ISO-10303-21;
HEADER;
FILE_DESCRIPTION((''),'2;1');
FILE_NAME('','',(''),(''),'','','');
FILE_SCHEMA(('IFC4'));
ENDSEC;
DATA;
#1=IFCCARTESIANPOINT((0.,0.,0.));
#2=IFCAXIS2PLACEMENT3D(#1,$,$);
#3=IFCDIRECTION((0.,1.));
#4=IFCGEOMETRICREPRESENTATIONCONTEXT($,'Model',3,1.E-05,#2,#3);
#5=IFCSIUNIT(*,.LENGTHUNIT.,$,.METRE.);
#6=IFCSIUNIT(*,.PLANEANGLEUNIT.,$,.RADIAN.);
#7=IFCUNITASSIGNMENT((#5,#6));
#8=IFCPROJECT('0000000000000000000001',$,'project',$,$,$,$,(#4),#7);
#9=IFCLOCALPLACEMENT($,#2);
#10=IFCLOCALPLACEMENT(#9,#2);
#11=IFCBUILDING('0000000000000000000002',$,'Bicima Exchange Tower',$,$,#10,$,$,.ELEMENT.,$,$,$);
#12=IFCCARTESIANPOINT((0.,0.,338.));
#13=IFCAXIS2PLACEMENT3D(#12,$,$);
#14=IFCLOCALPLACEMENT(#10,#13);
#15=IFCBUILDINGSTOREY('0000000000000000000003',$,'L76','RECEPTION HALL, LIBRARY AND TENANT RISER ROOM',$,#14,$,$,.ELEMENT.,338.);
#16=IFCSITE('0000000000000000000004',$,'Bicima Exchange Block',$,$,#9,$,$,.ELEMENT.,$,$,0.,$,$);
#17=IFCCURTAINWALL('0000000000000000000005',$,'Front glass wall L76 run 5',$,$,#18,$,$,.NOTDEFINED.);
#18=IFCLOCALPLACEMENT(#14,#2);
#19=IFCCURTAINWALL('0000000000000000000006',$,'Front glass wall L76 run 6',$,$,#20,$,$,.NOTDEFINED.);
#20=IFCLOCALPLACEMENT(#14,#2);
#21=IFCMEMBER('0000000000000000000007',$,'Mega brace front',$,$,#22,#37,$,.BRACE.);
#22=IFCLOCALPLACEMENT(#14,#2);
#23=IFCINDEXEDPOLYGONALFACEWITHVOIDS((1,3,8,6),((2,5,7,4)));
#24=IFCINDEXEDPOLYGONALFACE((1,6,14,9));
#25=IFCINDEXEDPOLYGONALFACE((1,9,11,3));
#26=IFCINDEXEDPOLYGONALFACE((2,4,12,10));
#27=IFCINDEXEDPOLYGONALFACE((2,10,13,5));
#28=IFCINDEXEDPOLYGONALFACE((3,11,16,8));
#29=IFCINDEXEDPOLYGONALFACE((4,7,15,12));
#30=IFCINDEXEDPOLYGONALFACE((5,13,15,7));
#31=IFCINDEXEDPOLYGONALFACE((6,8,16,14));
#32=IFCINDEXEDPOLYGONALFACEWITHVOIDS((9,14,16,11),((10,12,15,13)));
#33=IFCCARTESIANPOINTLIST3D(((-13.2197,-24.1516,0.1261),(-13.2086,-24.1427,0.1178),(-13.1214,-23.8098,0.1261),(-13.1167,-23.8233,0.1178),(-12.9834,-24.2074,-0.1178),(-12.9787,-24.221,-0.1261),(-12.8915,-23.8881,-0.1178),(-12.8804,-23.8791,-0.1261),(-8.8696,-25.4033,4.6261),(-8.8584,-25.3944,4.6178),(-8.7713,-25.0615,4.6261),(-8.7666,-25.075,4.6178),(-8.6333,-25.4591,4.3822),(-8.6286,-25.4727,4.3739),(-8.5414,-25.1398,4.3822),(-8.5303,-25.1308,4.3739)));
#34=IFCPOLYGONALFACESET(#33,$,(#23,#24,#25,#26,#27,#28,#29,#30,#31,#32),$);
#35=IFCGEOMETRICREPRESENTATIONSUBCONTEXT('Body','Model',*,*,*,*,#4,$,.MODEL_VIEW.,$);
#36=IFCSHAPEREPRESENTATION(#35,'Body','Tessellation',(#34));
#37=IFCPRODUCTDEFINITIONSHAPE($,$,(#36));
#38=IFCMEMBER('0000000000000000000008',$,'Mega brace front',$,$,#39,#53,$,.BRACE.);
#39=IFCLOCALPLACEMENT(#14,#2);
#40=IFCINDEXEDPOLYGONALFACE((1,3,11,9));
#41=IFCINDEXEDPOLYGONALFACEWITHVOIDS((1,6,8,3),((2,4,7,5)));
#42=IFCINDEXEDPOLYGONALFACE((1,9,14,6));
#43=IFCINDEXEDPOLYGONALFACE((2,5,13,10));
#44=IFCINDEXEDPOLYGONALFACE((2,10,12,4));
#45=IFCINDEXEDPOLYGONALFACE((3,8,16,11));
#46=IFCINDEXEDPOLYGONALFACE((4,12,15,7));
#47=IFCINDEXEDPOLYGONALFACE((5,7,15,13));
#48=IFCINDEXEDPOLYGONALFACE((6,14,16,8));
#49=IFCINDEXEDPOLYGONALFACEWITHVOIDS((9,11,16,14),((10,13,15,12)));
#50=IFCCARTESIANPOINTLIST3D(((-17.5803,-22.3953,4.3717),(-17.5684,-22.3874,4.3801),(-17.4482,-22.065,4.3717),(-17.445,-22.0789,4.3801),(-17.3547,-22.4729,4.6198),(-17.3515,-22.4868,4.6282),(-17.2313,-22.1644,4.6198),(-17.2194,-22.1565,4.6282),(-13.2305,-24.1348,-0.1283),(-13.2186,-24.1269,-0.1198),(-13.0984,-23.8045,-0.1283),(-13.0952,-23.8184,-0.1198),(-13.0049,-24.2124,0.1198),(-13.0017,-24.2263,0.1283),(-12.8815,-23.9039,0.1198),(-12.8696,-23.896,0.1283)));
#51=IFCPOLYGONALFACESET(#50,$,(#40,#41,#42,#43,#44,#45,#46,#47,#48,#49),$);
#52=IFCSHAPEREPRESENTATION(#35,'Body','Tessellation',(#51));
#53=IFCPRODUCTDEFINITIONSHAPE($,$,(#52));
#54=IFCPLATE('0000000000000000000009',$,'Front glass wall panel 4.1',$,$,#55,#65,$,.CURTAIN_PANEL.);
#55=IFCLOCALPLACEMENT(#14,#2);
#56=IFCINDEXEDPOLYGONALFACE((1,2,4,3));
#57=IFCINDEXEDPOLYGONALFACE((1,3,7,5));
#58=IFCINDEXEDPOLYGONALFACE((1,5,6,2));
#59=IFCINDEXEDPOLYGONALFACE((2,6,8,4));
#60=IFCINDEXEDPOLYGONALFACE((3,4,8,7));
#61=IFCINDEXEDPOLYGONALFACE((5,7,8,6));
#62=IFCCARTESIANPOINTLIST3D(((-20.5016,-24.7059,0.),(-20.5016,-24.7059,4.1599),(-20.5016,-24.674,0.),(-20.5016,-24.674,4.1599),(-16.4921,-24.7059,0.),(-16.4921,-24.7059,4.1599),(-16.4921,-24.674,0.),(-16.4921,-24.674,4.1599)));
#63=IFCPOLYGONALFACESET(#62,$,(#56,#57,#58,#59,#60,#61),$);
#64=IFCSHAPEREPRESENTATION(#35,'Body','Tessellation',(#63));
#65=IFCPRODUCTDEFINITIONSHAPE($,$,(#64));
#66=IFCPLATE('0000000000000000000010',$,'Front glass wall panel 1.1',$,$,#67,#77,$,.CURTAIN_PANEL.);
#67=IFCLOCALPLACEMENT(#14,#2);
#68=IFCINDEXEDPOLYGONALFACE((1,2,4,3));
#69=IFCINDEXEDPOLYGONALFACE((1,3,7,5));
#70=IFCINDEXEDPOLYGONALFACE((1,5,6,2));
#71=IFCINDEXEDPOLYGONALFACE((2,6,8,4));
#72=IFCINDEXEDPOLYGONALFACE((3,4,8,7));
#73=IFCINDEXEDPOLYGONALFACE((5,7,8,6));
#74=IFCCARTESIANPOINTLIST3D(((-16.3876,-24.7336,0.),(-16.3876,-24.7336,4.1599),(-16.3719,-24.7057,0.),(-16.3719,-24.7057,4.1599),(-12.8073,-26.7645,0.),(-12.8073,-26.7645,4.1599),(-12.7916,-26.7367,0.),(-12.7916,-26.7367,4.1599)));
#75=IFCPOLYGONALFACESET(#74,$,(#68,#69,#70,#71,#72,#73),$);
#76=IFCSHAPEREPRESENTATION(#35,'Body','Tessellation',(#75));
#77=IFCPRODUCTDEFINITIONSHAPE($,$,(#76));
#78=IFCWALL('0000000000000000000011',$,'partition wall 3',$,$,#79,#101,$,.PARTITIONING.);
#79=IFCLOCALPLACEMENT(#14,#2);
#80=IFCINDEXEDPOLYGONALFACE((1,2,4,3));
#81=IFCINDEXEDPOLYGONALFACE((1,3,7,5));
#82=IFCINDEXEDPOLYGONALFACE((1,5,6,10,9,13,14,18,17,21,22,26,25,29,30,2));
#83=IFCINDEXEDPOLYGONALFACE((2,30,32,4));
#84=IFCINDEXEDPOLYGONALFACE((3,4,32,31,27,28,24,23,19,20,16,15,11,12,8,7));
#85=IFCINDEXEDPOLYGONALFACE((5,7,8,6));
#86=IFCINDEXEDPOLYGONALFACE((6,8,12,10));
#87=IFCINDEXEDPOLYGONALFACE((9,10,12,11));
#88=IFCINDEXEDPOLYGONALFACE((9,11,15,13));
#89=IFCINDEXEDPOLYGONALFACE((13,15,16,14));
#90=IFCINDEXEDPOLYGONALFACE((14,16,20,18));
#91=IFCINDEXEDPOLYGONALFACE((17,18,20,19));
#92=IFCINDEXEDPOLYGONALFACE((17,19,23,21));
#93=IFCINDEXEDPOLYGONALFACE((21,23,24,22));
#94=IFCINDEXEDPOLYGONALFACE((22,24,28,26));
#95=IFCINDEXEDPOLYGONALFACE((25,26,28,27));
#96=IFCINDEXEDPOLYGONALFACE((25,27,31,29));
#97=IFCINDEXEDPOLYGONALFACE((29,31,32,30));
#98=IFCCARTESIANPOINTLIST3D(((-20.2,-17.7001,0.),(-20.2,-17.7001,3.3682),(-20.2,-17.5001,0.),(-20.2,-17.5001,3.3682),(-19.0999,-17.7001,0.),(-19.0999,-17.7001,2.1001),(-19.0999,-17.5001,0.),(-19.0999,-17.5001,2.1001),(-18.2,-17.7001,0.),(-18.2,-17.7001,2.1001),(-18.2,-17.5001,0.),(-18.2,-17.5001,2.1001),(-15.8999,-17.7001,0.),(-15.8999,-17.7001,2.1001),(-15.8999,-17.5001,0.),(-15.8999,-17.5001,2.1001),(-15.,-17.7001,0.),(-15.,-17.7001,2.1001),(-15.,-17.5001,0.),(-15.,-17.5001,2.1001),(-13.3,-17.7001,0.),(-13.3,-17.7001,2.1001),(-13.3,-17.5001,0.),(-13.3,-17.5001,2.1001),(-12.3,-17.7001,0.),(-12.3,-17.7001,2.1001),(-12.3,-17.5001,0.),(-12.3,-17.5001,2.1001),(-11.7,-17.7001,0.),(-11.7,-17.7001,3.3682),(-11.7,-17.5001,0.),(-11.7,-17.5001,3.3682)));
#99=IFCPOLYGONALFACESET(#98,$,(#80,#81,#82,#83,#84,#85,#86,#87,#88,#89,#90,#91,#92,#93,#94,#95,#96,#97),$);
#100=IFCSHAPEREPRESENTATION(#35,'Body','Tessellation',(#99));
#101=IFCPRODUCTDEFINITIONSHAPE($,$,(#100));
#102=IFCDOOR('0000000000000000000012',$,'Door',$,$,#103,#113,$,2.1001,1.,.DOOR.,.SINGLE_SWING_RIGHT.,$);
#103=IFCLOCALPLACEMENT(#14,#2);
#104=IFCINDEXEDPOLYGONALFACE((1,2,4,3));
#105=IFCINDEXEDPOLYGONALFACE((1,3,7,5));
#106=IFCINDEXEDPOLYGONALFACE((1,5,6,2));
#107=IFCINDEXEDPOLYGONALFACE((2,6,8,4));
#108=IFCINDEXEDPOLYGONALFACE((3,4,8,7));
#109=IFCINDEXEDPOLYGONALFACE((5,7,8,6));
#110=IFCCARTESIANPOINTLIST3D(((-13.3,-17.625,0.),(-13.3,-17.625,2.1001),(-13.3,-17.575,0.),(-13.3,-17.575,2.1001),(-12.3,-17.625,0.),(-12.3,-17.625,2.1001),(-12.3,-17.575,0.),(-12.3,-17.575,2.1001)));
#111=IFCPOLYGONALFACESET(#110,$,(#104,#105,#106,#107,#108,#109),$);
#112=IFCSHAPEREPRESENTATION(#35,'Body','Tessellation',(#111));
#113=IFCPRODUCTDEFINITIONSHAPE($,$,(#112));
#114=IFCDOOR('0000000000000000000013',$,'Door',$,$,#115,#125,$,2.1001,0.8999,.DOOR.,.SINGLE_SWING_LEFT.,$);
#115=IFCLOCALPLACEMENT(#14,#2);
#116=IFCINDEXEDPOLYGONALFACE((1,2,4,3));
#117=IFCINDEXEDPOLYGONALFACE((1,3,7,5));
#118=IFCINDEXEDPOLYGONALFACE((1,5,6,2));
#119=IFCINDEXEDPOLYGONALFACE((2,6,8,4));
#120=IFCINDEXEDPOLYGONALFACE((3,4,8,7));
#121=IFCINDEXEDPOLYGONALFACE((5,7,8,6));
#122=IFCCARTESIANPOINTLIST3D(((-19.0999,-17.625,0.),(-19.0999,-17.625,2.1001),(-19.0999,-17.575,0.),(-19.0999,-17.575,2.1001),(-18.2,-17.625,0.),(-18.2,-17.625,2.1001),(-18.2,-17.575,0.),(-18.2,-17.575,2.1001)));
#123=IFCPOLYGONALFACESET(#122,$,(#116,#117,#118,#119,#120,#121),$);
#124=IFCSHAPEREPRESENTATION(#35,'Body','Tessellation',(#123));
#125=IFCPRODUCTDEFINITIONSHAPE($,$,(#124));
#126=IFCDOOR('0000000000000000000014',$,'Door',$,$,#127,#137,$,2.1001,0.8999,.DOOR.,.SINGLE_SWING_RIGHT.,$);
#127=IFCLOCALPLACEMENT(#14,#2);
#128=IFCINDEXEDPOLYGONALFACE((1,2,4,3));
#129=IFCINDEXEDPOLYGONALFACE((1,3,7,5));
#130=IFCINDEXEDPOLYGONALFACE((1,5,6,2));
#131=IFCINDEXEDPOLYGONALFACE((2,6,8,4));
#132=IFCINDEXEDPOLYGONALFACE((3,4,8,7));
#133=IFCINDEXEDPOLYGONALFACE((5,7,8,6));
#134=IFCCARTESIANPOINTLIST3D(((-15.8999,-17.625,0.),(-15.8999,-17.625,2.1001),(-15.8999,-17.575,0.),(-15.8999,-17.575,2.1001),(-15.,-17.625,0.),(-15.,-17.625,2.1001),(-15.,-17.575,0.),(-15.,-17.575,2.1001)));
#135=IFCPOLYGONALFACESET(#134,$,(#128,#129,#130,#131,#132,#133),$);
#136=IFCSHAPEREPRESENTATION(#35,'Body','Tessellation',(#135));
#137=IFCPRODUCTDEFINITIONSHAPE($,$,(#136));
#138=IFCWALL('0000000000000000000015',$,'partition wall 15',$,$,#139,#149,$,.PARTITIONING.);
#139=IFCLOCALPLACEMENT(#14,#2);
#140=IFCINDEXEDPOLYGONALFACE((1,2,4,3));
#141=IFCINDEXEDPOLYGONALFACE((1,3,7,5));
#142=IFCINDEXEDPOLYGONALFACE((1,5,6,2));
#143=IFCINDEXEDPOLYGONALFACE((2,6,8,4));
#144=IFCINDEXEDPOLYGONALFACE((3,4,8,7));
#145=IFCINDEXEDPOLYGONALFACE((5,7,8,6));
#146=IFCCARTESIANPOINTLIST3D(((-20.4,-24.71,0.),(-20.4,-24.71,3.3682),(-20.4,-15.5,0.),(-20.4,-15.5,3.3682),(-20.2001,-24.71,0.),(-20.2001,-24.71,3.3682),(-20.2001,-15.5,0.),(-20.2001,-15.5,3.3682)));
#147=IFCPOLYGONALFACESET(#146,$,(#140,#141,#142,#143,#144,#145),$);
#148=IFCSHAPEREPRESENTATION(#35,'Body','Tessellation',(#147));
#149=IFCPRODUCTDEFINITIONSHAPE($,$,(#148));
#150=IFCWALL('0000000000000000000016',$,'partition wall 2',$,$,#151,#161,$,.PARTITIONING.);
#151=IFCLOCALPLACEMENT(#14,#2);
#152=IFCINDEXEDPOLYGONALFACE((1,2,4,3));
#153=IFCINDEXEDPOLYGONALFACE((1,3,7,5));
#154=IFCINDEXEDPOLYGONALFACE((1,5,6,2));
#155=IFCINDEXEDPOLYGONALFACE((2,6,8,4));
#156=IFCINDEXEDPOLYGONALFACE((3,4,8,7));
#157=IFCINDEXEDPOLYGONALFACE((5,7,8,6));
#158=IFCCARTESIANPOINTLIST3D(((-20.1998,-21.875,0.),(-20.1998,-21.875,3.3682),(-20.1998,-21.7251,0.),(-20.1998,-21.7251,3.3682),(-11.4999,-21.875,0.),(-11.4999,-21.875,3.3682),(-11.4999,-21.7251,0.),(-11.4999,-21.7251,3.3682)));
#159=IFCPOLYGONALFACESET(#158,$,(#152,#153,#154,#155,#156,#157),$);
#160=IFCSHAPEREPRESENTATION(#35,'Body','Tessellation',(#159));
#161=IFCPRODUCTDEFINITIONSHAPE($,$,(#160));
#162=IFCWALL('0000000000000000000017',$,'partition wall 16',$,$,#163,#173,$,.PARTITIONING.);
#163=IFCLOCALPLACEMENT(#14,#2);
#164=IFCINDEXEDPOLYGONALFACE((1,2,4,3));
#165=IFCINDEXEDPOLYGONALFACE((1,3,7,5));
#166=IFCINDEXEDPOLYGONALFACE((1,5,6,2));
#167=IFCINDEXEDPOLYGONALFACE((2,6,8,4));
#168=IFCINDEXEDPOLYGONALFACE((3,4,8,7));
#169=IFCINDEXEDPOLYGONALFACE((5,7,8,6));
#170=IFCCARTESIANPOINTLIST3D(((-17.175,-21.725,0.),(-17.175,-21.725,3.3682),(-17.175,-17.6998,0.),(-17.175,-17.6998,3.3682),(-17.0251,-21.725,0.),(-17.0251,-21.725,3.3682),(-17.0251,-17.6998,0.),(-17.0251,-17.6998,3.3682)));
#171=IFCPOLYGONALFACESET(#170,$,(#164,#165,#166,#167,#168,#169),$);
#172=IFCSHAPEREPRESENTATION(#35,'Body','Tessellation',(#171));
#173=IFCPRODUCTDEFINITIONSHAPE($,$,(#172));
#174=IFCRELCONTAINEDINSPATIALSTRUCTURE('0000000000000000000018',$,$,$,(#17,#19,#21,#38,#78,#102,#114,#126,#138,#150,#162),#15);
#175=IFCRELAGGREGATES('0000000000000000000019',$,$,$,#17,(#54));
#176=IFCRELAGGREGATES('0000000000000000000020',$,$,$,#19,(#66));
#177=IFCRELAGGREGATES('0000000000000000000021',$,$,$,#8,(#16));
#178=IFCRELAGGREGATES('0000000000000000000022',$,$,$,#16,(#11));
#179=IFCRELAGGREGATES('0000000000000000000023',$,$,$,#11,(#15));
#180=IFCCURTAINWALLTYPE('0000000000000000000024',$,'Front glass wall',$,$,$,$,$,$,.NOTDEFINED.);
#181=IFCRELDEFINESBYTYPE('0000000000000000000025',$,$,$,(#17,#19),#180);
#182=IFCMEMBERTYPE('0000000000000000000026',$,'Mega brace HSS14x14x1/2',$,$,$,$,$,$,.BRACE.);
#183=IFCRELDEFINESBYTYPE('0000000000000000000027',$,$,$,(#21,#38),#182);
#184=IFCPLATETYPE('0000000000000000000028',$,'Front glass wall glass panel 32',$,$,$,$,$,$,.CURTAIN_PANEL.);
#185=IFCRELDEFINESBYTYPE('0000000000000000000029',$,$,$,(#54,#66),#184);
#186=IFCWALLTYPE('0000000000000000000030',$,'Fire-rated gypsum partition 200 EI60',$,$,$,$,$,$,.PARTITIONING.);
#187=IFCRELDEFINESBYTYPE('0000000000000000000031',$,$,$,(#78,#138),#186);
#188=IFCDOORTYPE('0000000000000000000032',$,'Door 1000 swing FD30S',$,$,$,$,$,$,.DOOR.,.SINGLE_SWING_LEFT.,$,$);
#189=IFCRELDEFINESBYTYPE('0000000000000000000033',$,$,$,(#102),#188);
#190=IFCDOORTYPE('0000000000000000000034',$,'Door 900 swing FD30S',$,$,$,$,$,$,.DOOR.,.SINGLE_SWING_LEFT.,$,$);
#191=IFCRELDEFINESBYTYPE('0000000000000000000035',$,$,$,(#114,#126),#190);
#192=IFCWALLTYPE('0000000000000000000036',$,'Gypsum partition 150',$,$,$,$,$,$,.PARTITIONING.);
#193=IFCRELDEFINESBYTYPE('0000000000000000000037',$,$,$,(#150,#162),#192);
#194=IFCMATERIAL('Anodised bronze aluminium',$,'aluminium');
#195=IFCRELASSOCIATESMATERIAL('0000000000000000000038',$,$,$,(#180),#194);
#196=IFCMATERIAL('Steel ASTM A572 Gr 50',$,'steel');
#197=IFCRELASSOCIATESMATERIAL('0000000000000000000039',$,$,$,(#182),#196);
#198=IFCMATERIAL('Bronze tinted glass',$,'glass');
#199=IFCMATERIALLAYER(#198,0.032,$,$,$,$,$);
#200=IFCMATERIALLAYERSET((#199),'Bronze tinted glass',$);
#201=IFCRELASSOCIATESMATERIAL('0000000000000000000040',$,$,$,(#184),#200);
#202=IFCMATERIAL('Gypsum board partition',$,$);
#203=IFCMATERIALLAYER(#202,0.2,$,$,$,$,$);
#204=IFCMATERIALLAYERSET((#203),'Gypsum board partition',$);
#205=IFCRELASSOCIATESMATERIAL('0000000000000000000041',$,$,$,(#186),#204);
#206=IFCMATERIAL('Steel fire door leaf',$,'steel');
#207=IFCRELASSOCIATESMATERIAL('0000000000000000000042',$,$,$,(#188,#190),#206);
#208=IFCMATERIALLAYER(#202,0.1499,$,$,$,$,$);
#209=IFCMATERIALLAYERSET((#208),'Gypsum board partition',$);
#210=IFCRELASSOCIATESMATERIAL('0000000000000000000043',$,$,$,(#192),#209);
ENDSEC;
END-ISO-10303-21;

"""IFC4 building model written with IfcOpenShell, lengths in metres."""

from ifc_helpers import new_model, si_unit, direction, frame, frame_2d, origin, origin_2d, place, context, subcontext, project, spatial, rectangle, hollow_rectangle, extrude, material, layer, layer_set, material_profile, profile_set, type_object, element, fill, aggregate, save


model = new_model("IFC4")

# Units and contexts
model_context = context("Model", 3, precision=1e-05, world=origin(), true_north=direction((0.0, 1.0)))
body_context = subcontext(model_context, "Body", "Model", "MODEL_VIEW")
ifc_project = project(units=[si_unit("LENGTHUNIT", "METRE"), si_unit("PLANEANGLEUNIT", "RADIAN")], contexts=[model_context])

# Site, building, storey
site_placement = place(None, origin())
site = spatial("IfcSite", under=ifc_project, at=site_placement, Name="Bicima Exchange Block", CompositionType="ELEMENT", RefElevation=0.0)
building_placement = place(site_placement, origin())
building = spatial("IfcBuilding", under=site, at=building_placement, Name="Bicima Exchange Tower", CompositionType="ELEMENT")
storey_placement = place(building_placement, frame((0.0, 0.0, 338.0)))
storey = spatial("IfcBuildingStorey", under=building, at=storey_placement, Name="L76", Description="RECEPTION HALL, LIBRARY AND TENANT RISER ROOM", CompositionType="ELEMENT", Elevation=338.0)

# Curtain walls
ifc_material_1 = material(Name="Anodised bronze aluminium", Category="aluminium")
curtain_wall_type = type_object("IfcCurtainWallType", Name="Front glass wall", PredefinedType="NOTDEFINED", material=ifc_material_1)
curtain_wall_1_placement = place(storey_placement, origin())
curtain_wall_1 = element("IfcCurtainWall", 1, at=curtain_wall_1_placement, inside=storey, type_object=curtain_wall_type, Name="Front glass wall L76 run 5", PredefinedType="NOTDEFINED")
curtain_wall_2_placement = place(storey_placement, origin())
curtain_wall_2 = element("IfcCurtainWall", 2, at=curtain_wall_2_placement, inside=storey, type_object=curtain_wall_type, Name="Front glass wall L76 run 6", PredefinedType="NOTDEFINED")

# Members
ifc_material_2 = material(Name="Steel ASTM A572 Gr 50", Category="steel")
ifc_material_profile_1 = material_profile(ifc_material_2, hollow_rectangle(XDim=0.3557, YDim=0.3557, WallThickness=0.0117, at=origin_2d()))
ifc_profile_set_1 = profile_set([ifc_material_profile_1], Name="Steel ASTM A572 Gr 50")
member_type_1 = type_object("IfcMemberType", Name="Mega brace HSS14x14x1/2", PredefinedType="BRACE", material=ifc_profile_set_1)
member_1_placement = place(storey_placement, frame((-13.05, -24.0154, 0.0), z_axis=(0.681534, -0.196107, 0.70502), x_axis=(0.276523, 0.961007, 0.0)))
element("IfcMember", 3, at=member_1_placement, inside=storey, type_object=member_type_1, Name="Mega brace front", PredefinedType="BRACE", context=body_context, shape_type="SweptSolid", body=[
    extrude(hollow_rectangle(XDim=0.3557, YDim=0.3557, WallThickness=0.0117, at=origin_2d()), origin(), (0.0, 0.0, 1.0), 6.3828),
])
member_2_placement = place(storey_placement, frame((-13.05, -24.0154, 0.0), z_axis=(-0.669628, 0.267783, 0.692742), x_axis=(-0.37131, -0.928509, 0.0)))
element("IfcMember", 4, at=member_2_placement, inside=storey, type_object=member_type_1, Name="Mega brace front", PredefinedType="BRACE", context=body_context, shape_type="SweptSolid", body=[
    extrude(hollow_rectangle(XDim=0.3557, YDim=0.3557, WallThickness=0.0117, at=origin_2d()), origin(), (0.0, 0.0, 1.0), 6.4958),
])

# Plates
ifc_material_3 = material(Name="Bronze tinted glass", Category="glass")
ifc_layer_1 = layer(ifc_material_3, 0.032)
ifc_layer_set_1 = layer_set([ifc_layer_1], Name="Bronze tinted glass")
plate_type = type_object("IfcPlateType", Name="Front glass wall glass panel 32", PredefinedType="CURTAIN_PANEL", material=ifc_layer_set_1)
plate_1_placement = place(storey_placement, frame((-18.4968, -24.6899, 0.0), z_axis=(0.0, 0.0, 1.0), x_axis=(1.0, 0.0, 0.0)))
plate_1 = element("IfcPlate", 5, at=plate_1_placement, type_object=plate_type, Name="Front glass wall panel 4.1", PredefinedType="CURTAIN_PANEL", context=body_context, shape_type="SweptSolid", body=[
    extrude(rectangle(XDim=4.0095, YDim=0.032, at=origin_2d()), origin(), (0.0, 0.0, 1.0), 4.1599),
])
aggregate(curtain_wall_1, [plate_1])
plate_2_placement = place(storey_placement, frame((-14.5896, -25.7351, 0.0), z_axis=(0.0, 0.0, 1.0), x_axis=(0.869805, -0.493395, 0.0)))
plate_2 = element("IfcPlate", 6, at=plate_2_placement, type_object=plate_type, Name="Front glass wall panel 1.1", PredefinedType="CURTAIN_PANEL", context=body_context, shape_type="SweptSolid", body=[
    extrude(rectangle(XDim=4.1162, YDim=0.032, at=origin_2d()), origin(), (0.0, 0.0, 1.0), 4.1599),
])
aggregate(curtain_wall_2, [plate_2])

# Wall, openings, doors
ifc_material_4 = material(Name="Gypsum board partition")
ifc_layer_2 = layer(ifc_material_4, 0.2)
ifc_layer_set_2 = layer_set([ifc_layer_2], Name="Gypsum board partition")
wall_type_1 = type_object("IfcWallType", Name="Fire-rated gypsum partition 200 EI60", PredefinedType="PARTITIONING", material=ifc_layer_set_2)
wall_1_placement = place(storey_placement, frame((-20.2, -17.6001, 0.0), z_axis=(0.0, 0.0, 1.0), x_axis=(1.0, 0.0, 0.0)))
wall_1 = element("IfcWall", 7, at=wall_1_placement, inside=storey, type_object=wall_type_1, Name="partition wall 3", PredefinedType="PARTITIONING", context=body_context, shape_type="SweptSolid", body=[
    extrude(rectangle(XDim=8.5, YDim=0.2, at=frame_2d((4.25, 0.0))), origin(), (0.0, 0.0, 1.0), 3.3682),
])
opening_1_placement = place(wall_1_placement, frame((1.1001, 0.0, 0.0)))
opening_1 = element("IfcOpeningElement", 8, at=opening_1_placement, cuts=wall_1, PredefinedType="OPENING", context=body_context, shape_type="SweptSolid", body=[
    extrude(rectangle(XDim=0.8999, YDim=2.1001, at=frame_2d((0.45, 1.05))), frame((0.0, 0.1118, 0.0), z_axis=(0.0, -1.0, 0.0), x_axis=(1.0, 0.0, 0.0)), (0.0, 0.0, 1.0), 0.2239),
])
opening_2_placement = place(wall_1_placement, frame((4.3, 0.0, 0.0)))
opening_2 = element("IfcOpeningElement", 9, at=opening_2_placement, cuts=wall_1, PredefinedType="OPENING", context=body_context, shape_type="SweptSolid", body=[
    extrude(rectangle(XDim=0.8999, YDim=2.1001, at=frame_2d((0.45, 1.05))), frame((0.0, 0.1118, 0.0), z_axis=(0.0, -1.0, 0.0), x_axis=(1.0, 0.0, 0.0)), (0.0, 0.0, 1.0), 0.2239),
])
opening_3_placement = place(wall_1_placement, frame((6.8999, 0.0, 0.0)))
opening_3 = element("IfcOpeningElement", 10, at=opening_3_placement, cuts=wall_1, PredefinedType="OPENING", context=body_context, shape_type="SweptSolid", body=[
    extrude(rectangle(XDim=1.0, YDim=2.1001, at=frame_2d((0.5, 1.05))), frame((0.0, 0.1118, 0.0), z_axis=(0.0, -1.0, 0.0), x_axis=(1.0, 0.0, 0.0)), (0.0, 0.0, 1.0), 0.2239),
])
ifc_material_5 = material(Name="Steel fire door leaf", Category="steel")
door_type_1 = type_object("IfcDoorType", Name="Door 1000 swing FD30S", OperationType="SINGLE_SWING_LEFT", PredefinedType="DOOR", material=ifc_material_5)
door_1_placement = place(opening_3_placement, frame((1.0, 0.0, 0.0), z_axis=(0.0, 0.0, 1.0), x_axis=(-1.0, 0.0, 0.0)))
door_1 = element("IfcDoor", 11, at=door_1_placement, inside=storey, type_object=door_type_1, Name="Door", OperationType="SINGLE_SWING_RIGHT", OverallHeight=2.1001, OverallWidth=1.0, PredefinedType="DOOR", context=body_context, shape_type="SweptSolid", body=[
    extrude(rectangle(XDim=1.0, YDim=2.1001, at=frame_2d((0.5, 1.05))), frame((0.0, 0.0249, 0.0), z_axis=(0.0, -1.0, 0.0), x_axis=(1.0, 0.0, 0.0)), (0.0, 0.0, 1.0), 0.05),
])
fill(opening_3, door_1)
door_type_2 = type_object("IfcDoorType", Name="Door 900 swing FD30S", OperationType="SINGLE_SWING_LEFT", PredefinedType="DOOR", material=ifc_material_5)
door_2_placement = place(opening_1_placement, frame((0.8999, 0.0, 0.0), z_axis=(0.0, 0.0, 1.0), x_axis=(-1.0, 0.0, 0.0)))
door_2 = element("IfcDoor", 12, at=door_2_placement, inside=storey, type_object=door_type_2, Name="Door", OperationType="SINGLE_SWING_LEFT", OverallHeight=2.1001, OverallWidth=0.8999, PredefinedType="DOOR", context=body_context, shape_type="SweptSolid", body=[
    extrude(rectangle(XDim=0.8999, YDim=2.1001, at=frame_2d((0.45, 1.05))), frame((0.0, 0.0249, 0.0), z_axis=(0.0, -1.0, 0.0), x_axis=(1.0, 0.0, 0.0)), (0.0, 0.0, 1.0), 0.05),
])
fill(opening_1, door_2)
door_3_placement = place(opening_2_placement, frame((0.8999, 0.0, 0.0), z_axis=(0.0, 0.0, 1.0), x_axis=(-1.0, 0.0, 0.0)))
door_3 = element("IfcDoor", 13, at=door_3_placement, inside=storey, type_object=door_type_2, Name="Door", OperationType="SINGLE_SWING_RIGHT", OverallHeight=2.1001, OverallWidth=0.8999, PredefinedType="DOOR", context=body_context, shape_type="SweptSolid", body=[
    extrude(rectangle(XDim=0.8999, YDim=2.1001, at=frame_2d((0.45, 1.05))), frame((0.0, 0.0249, 0.0), z_axis=(0.0, -1.0, 0.0), x_axis=(1.0, 0.0, 0.0)), (0.0, 0.0, 1.0), 0.05),
])
fill(opening_2, door_3)

# Walls
wall_2_placement = place(storey_placement, frame((-20.3, -24.71, 0.0), z_axis=(0.0, 0.0, 1.0), x_axis=(0.0, 1.0, 0.0)))
element("IfcWall", 14, at=wall_2_placement, inside=storey, type_object=wall_type_1, Name="partition wall 15", PredefinedType="PARTITIONING", context=body_context, shape_type="SweptSolid", body=[
    extrude(rectangle(XDim=9.21, YDim=0.2, at=frame_2d((4.605, 0.0))), origin(), (0.0, 0.0, 1.0), 3.3682),
])
ifc_layer_3 = layer(ifc_material_4, 0.1499)
ifc_layer_set_3 = layer_set([ifc_layer_3], Name="Gypsum board partition")
wall_type_2 = type_object("IfcWallType", Name="Gypsum partition 150", PredefinedType="PARTITIONING", material=ifc_layer_set_3)
wall_3_placement = place(storey_placement, frame((-20.2, -21.8, 0.0), z_axis=(0.0, 0.0, 1.0), x_axis=(1.0, 0.0, 0.0)))
element("IfcWall", 15, at=wall_3_placement, inside=storey, type_object=wall_type_2, Name="partition wall 2", PredefinedType="PARTITIONING", context=body_context, shape_type="SweptSolid", body=[
    extrude(rectangle(XDim=8.7, YDim=0.1499, at=frame_2d((4.3501, 0.0))), origin(), (0.0, 0.0, 1.0), 3.3682),
])
for number, where, z_axis, x_axis, name in (
    (16, (-17.1001, -21.7251, 0.0), (0.0, 0.0, 1.0), (0.0, 1.0, 0.0), "partition wall 16"),
):
    element("IfcWall", number, at=place(storey_placement, frame(where, z_axis=z_axis, x_axis=x_axis)), inside=storey, type_object=wall_type_2, Name=name, PredefinedType="PARTITIONING", context=body_context, shape_type="SweptSolid", body=[
        extrude(rectangle(XDim=4.0251, YDim=0.1499, at=frame_2d((2.0127, 0.0))), origin(), (0.0, 0.0, 1.0), 3.3682),
    ])

save(model, "model.ifc")
